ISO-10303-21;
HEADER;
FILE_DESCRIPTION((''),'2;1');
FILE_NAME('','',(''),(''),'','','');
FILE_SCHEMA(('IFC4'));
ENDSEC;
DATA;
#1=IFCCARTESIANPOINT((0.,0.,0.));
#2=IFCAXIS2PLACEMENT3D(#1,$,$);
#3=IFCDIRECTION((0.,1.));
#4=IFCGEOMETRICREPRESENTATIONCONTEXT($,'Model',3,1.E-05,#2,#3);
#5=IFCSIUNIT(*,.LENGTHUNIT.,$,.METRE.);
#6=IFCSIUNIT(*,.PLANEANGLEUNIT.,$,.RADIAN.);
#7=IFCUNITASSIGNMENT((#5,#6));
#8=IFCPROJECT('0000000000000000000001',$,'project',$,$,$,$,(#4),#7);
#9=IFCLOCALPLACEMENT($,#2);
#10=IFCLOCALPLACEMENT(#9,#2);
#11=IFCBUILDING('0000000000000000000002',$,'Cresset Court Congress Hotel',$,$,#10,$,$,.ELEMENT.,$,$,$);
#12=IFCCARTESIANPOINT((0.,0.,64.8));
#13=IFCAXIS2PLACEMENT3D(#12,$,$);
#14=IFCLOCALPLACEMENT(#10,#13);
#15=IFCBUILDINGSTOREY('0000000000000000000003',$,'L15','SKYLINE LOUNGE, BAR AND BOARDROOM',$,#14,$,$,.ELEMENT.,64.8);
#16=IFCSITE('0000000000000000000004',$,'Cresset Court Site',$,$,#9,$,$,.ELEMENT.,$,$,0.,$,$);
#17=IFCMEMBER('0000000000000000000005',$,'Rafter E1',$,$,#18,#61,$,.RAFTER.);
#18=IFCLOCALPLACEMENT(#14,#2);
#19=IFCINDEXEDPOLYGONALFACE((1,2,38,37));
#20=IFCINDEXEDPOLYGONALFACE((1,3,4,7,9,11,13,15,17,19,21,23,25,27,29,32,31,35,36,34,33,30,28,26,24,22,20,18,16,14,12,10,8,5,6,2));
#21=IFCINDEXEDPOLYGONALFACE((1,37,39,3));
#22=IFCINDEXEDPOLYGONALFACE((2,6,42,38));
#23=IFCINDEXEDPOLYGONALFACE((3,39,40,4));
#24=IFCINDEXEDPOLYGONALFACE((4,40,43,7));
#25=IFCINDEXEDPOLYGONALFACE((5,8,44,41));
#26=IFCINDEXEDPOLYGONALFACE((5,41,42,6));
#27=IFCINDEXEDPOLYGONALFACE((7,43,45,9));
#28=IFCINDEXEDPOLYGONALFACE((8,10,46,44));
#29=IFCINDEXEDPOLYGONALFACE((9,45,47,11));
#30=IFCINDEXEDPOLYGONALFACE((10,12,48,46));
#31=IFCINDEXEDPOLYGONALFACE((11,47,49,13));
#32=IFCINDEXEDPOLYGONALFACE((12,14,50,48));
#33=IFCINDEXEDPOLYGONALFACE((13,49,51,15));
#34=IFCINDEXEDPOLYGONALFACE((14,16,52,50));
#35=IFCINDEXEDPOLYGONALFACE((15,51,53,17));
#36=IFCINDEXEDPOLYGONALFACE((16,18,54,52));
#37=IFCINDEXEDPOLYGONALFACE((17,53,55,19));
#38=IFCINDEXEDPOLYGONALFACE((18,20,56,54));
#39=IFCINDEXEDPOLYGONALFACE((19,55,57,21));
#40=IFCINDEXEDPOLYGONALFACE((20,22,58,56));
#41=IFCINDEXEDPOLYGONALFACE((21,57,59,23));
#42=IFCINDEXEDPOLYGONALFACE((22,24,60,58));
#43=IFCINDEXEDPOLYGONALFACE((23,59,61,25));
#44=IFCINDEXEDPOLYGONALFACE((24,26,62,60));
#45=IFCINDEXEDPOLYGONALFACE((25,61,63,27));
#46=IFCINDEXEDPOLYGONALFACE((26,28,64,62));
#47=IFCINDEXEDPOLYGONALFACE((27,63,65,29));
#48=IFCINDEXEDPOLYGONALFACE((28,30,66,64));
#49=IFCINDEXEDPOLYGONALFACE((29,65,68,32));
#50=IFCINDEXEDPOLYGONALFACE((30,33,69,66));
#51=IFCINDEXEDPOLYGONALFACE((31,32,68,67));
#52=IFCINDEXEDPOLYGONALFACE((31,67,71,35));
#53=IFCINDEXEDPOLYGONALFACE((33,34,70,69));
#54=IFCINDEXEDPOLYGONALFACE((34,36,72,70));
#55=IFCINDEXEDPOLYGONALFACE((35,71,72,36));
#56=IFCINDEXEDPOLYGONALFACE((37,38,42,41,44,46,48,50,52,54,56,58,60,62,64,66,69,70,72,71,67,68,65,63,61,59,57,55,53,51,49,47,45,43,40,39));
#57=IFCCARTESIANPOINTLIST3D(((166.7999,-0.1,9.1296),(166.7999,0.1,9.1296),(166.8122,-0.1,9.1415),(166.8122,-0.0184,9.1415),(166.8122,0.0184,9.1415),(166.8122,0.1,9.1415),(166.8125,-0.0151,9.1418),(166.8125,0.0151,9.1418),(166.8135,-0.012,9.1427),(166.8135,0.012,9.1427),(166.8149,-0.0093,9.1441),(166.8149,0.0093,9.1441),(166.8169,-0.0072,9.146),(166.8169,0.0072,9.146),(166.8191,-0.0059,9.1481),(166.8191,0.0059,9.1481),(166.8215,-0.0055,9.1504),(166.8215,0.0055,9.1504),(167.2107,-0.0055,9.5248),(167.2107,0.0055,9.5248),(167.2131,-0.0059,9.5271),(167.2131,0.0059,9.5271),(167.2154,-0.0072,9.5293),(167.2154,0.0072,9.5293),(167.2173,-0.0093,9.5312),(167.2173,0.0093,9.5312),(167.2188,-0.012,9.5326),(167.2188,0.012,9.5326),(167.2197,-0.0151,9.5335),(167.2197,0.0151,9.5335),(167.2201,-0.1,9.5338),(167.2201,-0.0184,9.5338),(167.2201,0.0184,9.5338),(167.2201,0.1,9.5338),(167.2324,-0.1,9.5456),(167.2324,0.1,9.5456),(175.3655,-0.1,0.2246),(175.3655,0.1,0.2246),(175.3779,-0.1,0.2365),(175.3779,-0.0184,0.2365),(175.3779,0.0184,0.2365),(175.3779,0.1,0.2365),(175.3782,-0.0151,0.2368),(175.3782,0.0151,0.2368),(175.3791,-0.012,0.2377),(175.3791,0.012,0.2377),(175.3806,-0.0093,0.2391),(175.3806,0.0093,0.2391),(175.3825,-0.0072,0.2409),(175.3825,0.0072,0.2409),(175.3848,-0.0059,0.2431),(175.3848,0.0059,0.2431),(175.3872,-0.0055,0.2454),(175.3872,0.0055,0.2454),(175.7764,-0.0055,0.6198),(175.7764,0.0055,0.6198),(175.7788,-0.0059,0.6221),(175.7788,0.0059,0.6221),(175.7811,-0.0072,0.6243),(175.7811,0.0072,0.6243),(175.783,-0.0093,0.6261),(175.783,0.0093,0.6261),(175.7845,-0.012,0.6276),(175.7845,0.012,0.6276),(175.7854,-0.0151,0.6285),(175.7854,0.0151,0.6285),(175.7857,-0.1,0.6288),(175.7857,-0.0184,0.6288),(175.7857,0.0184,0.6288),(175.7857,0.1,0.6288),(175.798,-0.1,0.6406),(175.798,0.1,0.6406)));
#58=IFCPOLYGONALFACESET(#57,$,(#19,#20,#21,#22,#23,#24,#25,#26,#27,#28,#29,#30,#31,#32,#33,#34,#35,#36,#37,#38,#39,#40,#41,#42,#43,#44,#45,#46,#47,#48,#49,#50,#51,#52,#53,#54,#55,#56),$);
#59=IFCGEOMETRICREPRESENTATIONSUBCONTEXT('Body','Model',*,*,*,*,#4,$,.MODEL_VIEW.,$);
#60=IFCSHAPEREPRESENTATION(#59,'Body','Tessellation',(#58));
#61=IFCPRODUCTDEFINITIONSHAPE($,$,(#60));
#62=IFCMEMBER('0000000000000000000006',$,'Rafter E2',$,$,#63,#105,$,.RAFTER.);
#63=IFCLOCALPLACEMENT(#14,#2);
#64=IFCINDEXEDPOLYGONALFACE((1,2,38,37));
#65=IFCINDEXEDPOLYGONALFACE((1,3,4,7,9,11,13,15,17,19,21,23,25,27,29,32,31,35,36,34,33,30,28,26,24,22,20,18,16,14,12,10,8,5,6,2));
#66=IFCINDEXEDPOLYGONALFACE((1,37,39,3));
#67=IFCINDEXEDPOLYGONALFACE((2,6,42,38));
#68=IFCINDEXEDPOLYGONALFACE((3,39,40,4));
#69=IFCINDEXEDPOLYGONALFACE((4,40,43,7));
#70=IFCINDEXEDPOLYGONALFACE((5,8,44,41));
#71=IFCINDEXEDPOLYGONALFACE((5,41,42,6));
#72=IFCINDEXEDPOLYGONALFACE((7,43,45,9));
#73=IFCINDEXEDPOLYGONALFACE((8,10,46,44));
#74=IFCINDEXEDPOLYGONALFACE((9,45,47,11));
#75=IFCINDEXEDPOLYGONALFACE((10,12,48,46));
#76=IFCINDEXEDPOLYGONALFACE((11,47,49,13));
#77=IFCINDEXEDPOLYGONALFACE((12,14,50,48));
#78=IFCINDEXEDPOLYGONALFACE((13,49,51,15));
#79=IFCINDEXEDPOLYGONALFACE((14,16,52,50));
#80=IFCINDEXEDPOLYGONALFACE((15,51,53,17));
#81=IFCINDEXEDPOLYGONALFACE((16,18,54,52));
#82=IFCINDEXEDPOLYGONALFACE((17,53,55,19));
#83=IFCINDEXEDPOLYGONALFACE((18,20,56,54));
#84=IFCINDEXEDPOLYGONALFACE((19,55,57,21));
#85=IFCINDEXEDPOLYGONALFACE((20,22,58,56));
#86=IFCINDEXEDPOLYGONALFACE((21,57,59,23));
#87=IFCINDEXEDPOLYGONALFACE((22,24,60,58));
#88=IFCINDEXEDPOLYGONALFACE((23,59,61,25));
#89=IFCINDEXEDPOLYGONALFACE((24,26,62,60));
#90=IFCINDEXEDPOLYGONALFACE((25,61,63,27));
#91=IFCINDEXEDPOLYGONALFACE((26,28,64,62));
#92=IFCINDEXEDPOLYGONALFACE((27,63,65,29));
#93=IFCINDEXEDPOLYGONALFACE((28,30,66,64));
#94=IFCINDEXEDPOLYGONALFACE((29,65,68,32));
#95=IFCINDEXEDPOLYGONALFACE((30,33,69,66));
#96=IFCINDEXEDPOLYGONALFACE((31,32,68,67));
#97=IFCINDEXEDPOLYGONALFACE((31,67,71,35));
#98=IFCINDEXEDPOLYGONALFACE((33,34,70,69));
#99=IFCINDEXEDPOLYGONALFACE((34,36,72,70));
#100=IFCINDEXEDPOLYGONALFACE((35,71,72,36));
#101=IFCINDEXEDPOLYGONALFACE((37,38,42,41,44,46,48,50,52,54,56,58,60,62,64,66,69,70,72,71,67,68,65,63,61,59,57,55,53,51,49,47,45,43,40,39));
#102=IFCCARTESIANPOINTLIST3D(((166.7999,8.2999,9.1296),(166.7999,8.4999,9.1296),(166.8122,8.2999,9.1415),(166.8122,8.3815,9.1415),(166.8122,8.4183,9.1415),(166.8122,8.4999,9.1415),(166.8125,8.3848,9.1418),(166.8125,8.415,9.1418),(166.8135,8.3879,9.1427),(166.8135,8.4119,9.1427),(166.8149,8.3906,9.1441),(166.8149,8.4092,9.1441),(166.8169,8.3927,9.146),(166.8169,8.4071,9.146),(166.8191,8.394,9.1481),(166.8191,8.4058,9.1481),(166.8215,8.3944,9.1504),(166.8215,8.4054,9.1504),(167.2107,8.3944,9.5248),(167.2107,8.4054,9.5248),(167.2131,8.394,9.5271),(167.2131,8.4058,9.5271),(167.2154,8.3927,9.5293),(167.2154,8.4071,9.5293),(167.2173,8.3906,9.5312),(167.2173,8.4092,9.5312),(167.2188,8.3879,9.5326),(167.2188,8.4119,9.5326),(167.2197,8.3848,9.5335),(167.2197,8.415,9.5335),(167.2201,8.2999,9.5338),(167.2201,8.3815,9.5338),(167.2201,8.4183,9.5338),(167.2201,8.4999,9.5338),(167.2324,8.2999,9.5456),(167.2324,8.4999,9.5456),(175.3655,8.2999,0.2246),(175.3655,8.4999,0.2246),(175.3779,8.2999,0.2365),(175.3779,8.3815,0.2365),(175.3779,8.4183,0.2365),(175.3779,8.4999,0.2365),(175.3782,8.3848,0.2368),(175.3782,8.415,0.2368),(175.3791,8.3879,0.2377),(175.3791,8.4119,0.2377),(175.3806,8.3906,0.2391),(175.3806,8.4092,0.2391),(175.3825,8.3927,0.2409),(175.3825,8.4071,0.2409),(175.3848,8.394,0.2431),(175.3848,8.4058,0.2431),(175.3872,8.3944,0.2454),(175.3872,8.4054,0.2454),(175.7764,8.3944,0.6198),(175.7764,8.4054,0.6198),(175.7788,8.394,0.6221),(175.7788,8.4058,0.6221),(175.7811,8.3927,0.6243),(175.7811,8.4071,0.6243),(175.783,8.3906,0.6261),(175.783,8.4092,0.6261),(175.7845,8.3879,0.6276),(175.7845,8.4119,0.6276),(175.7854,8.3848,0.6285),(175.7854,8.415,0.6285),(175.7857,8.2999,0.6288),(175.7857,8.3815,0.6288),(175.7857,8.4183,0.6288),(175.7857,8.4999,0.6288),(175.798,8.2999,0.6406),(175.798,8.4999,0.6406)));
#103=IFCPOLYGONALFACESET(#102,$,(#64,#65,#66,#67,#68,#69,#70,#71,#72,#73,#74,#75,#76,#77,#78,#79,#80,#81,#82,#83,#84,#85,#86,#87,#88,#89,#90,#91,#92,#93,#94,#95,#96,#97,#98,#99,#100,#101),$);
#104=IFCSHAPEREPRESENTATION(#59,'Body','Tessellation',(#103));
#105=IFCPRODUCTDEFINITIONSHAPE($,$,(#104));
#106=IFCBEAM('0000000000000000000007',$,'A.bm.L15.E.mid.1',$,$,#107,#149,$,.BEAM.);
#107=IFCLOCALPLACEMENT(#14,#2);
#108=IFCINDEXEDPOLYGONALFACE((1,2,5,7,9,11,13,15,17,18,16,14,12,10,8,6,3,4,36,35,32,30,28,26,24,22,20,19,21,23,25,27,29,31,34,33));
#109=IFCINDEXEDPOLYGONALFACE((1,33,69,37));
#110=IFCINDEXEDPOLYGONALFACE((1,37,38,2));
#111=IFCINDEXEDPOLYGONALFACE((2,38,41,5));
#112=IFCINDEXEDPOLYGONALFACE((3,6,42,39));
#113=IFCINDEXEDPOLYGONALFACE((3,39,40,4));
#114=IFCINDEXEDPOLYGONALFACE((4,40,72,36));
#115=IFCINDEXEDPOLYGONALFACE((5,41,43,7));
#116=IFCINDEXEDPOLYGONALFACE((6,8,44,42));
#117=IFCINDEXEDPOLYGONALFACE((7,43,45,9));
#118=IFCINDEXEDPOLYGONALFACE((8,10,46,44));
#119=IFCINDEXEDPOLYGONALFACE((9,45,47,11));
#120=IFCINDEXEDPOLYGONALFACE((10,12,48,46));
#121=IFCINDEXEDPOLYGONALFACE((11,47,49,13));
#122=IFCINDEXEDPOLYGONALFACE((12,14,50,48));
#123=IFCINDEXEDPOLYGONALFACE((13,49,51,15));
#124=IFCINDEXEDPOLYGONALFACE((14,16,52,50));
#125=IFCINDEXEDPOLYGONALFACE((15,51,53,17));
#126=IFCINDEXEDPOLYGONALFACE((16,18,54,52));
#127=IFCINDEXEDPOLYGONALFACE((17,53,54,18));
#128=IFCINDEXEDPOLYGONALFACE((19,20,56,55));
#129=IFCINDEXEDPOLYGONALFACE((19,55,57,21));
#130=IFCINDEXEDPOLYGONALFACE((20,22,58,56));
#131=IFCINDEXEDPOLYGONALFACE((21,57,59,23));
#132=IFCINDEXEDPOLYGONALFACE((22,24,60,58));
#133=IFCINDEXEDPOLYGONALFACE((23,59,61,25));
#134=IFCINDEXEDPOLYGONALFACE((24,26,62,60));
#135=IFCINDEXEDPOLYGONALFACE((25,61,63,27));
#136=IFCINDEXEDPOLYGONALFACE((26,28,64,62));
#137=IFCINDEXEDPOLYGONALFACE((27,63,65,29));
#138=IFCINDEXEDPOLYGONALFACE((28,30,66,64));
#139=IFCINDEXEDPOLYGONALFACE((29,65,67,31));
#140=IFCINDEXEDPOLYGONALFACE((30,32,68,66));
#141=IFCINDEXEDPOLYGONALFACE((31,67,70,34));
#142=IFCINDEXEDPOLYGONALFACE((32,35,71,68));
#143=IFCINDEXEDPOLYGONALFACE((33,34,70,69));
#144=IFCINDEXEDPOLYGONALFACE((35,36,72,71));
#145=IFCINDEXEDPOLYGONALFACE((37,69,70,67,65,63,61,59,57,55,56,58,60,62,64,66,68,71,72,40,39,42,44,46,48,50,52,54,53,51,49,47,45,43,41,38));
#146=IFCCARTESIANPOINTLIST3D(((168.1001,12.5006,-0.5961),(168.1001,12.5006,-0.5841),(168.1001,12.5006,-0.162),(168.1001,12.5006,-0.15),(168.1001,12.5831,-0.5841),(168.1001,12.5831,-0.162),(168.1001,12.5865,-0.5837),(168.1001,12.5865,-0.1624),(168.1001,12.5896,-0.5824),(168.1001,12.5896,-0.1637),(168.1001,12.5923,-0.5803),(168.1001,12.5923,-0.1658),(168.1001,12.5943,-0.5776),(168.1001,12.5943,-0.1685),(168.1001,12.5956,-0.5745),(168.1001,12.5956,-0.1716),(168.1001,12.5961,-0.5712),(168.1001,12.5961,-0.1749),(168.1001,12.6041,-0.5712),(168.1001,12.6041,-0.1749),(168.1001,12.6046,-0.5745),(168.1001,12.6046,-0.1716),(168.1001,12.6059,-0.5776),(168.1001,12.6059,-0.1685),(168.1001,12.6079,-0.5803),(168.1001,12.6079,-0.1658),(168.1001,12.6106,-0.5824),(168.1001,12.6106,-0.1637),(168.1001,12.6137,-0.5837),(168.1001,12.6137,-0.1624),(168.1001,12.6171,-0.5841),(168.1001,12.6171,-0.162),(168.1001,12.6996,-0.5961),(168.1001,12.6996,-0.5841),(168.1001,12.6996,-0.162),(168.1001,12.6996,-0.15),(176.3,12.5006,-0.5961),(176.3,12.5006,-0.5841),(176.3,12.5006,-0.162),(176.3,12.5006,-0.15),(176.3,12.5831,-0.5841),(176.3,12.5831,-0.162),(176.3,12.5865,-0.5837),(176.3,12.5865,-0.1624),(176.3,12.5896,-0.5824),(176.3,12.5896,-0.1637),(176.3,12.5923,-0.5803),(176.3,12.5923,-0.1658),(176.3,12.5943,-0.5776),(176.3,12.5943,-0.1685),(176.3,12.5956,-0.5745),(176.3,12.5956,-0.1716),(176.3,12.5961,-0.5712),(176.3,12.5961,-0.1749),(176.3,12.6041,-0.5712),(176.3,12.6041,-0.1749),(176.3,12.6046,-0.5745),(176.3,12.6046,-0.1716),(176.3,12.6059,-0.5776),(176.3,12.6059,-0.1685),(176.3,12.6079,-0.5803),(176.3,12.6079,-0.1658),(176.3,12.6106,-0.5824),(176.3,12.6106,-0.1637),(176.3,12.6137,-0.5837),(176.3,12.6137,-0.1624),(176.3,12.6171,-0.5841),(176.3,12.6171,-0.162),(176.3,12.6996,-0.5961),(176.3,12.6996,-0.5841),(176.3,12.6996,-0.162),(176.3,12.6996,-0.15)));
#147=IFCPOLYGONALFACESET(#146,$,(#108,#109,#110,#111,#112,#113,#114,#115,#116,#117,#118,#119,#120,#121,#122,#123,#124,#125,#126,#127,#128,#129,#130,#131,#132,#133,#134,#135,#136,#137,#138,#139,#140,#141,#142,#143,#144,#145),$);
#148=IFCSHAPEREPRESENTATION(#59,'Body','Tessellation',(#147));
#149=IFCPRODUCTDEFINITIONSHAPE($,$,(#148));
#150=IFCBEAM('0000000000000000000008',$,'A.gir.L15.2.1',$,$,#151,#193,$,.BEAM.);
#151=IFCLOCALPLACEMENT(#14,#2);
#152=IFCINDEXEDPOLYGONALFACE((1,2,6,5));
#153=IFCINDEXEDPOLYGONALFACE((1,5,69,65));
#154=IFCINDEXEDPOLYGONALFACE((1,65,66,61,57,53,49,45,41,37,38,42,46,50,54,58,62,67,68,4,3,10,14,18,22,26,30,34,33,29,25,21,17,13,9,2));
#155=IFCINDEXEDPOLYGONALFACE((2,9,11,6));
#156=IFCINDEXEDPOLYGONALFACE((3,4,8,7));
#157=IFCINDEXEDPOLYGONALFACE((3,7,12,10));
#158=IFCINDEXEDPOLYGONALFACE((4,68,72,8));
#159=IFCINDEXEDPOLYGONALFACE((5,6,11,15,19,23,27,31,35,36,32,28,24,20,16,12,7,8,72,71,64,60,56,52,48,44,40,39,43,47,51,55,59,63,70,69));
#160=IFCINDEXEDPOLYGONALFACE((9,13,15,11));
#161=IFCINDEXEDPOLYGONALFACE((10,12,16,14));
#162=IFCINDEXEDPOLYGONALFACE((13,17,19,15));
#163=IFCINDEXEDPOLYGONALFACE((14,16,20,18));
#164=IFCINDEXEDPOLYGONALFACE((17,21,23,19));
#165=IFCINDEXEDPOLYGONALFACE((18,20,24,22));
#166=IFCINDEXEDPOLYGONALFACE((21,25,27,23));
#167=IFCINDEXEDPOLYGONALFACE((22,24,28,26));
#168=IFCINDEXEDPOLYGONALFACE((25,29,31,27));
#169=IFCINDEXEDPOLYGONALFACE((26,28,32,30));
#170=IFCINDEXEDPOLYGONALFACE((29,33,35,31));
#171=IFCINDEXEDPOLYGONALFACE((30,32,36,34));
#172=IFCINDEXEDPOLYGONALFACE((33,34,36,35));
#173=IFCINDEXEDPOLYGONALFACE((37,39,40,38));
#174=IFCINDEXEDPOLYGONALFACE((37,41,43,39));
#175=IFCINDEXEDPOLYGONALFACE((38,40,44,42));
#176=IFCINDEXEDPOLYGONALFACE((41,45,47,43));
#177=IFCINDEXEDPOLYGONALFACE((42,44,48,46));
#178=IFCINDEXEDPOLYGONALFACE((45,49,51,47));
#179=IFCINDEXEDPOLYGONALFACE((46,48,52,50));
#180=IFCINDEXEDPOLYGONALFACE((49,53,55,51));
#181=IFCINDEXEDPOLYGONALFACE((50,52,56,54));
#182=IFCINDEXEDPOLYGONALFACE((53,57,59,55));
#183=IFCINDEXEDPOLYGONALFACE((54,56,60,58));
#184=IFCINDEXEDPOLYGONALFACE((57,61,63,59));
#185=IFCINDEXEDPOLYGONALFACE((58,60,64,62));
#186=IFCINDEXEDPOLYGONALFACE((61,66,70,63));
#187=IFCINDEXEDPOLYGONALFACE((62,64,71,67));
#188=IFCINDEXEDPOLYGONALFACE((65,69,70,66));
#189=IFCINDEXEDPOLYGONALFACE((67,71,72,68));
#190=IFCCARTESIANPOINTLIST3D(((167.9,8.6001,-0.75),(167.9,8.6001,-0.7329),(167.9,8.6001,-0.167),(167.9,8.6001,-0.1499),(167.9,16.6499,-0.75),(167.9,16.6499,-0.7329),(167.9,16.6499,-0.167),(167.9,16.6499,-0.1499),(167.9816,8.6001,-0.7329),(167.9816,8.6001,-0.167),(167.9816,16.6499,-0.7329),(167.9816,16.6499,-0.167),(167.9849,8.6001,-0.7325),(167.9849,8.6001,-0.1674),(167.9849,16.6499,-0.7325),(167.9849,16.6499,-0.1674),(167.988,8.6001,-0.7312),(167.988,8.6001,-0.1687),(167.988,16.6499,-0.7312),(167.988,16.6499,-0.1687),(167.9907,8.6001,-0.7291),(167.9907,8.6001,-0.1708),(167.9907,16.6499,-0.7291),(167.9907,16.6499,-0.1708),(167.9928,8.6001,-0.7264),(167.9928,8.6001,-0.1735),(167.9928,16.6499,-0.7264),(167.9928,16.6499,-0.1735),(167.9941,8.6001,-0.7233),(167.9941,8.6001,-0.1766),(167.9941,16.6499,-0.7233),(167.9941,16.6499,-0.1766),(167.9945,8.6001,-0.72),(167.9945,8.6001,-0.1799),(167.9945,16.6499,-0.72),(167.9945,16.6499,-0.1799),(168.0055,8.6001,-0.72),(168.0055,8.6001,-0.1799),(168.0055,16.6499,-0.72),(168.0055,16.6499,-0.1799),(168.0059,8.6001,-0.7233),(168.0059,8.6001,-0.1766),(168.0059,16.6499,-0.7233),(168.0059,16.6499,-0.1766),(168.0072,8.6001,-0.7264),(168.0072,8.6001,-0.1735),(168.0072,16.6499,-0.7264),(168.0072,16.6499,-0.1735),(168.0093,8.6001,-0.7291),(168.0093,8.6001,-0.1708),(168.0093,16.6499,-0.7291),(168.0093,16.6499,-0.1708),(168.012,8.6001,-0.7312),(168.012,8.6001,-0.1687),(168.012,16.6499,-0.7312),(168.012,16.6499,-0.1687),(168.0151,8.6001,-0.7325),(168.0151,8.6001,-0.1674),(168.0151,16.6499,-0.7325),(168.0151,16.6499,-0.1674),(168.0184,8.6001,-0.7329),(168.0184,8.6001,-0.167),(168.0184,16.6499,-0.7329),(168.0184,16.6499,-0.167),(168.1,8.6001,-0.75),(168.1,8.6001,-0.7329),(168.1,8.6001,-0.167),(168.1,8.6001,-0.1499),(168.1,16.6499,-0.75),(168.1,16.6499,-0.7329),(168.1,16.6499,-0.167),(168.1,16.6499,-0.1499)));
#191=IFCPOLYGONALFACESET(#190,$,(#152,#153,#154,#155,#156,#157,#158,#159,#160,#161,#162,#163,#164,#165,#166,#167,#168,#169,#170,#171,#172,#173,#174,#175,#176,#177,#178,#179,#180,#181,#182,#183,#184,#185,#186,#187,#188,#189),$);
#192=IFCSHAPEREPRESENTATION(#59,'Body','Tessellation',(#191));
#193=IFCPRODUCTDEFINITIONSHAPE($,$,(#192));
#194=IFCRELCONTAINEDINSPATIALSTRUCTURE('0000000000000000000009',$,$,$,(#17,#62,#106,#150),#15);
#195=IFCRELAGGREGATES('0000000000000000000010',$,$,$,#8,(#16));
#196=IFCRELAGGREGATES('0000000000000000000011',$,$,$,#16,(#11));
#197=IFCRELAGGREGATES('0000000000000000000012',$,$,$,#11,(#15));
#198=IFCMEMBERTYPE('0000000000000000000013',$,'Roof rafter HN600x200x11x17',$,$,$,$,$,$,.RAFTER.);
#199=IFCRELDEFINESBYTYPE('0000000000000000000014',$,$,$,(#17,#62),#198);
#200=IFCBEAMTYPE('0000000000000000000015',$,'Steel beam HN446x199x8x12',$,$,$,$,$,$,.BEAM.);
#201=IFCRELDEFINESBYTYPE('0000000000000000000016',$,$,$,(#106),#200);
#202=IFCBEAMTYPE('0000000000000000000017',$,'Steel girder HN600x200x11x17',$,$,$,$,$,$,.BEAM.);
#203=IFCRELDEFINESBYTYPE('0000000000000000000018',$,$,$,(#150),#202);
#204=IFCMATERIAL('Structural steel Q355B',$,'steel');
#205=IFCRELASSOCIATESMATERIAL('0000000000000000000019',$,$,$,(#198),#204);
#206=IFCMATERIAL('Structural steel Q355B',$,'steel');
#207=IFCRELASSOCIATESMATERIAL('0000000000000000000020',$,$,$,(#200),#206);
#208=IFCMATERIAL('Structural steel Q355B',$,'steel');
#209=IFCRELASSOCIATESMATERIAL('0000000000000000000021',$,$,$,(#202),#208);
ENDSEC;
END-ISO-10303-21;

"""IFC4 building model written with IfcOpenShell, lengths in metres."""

from ifc_helpers import new_model, si_unit, direction, frame, origin, origin_2d, place, context, subcontext, project, spatial, i_section, extrude, material, material_profile, profile_set, type_object, element, save


model = new_model("IFC4")

# Units and contexts
model_context = context("Model", 3, precision=1e-05, world=origin(), true_north=direction((0.0, 1.0)))
body_context = subcontext(model_context, "Body", "Model", "MODEL_VIEW")
ifc_project = project(units=[si_unit("LENGTHUNIT", "METRE"), si_unit("PLANEANGLEUNIT", "RADIAN")], contexts=[model_context])

# Site, building, storey
site_placement = place(None, origin())
site = spatial("IfcSite", under=ifc_project, at=site_placement, Name="Cresset Court Site", CompositionType="ELEMENT", RefElevation=0.0)
building_placement = place(site_placement, origin())
building = spatial("IfcBuilding", under=site, at=building_placement, Name="Cresset Court Congress Hotel", CompositionType="ELEMENT")
storey_placement = place(building_placement, frame((0.0, 0.0, 64.8)))
storey = spatial("IfcBuildingStorey", under=building, at=storey_placement, Name="L15", Description="SKYLINE LOUNGE, BAR AND BOARDROOM", CompositionType="ELEMENT", Elevation=64.8)

# Members
ifc_material_1 = material(Name="Structural steel Q355B", Category="steel")
ifc_material_profile_1 = material_profile(ifc_material_1, i_section(OverallWidth=0.2, OverallDepth=0.6001, WebThickness=0.011, FlangeThickness=0.0171, FilletRadius=0.0129, at=origin_2d()), Name="HN600x200x11x17")
ifc_profile_set_1 = profile_set([ifc_material_profile_1], Name="Structural steel Q355B")
member_type_1 = type_object("IfcMemberType", Name="Roof rafter HN600x200x11x17", PredefinedType="RAFTER", material=ifc_profile_set_1)
for number, where, z_axis, x_axis, name in (
    (1, (175.5818, 0.0, 0.4326), (-0.693241, 0.0, 0.720706), (0.0, -1.0, 0.0), "Rafter E1"),
    (2, (175.5818, 8.3999, 0.4326), (-0.693241, 0.0, 0.720706), (0.0, -1.0, 0.0), "Rafter E2"),
):
    element("IfcMember", number, at=place(storey_placement, frame(where, z_axis=z_axis, x_axis=x_axis)), inside=storey, type_object=member_type_1, Name=name, PredefinedType="RAFTER", context=body_context, shape_type="SweptSolid", body=[
        extrude(i_section(OverallWidth=0.2, OverallDepth=0.6001, WebThickness=0.011, FlangeThickness=0.0171, FilletRadius=0.0129, at=origin_2d()), origin(), (0.0, 0.0, 1.0), 12.356),
    ])

# Beams
ifc_material_2 = material(Name="Structural steel Q355B", Category="steel")
ifc_material_profile_2 = material_profile(ifc_material_2, i_section(OverallWidth=0.199, OverallDepth=0.446, WebThickness=0.0081, FlangeThickness=0.012, FilletRadius=0.0129, at=origin_2d()), Name="HN446x199x8x12")
ifc_profile_set_2 = profile_set([ifc_material_profile_2], Name="Structural steel Q355B")
beam_type_1 = type_object("IfcBeamType", Name="Steel beam HN446x199x8x12", PredefinedType="BEAM", material=ifc_profile_set_2)
beam_placement = place(storey_placement, frame((168.1001, 12.6001, -0.373), z_axis=(1.0, 0.0, 0.0), x_axis=(0.0, 1.0, 0.0)))
element("IfcBeam", 3, at=beam_placement, inside=storey, type_object=beam_type_1, Name="A.bm.L15.E.mid.1", PredefinedType="BEAM", context=body_context, shape_type="SweptSolid", body=[
    extrude(i_section(OverallWidth=0.199, OverallDepth=0.446, WebThickness=0.0081, FlangeThickness=0.012, FilletRadius=0.0129, at=origin_2d()), origin(), (0.0, 0.0, 1.0), 8.2),
])
ifc_material_3 = material(Name="Structural steel Q355B", Category="steel")
ifc_material_profile_3 = material_profile(ifc_material_3, i_section(OverallWidth=0.2, OverallDepth=0.6001, WebThickness=0.011, FlangeThickness=0.0171, FilletRadius=0.0129, at=origin_2d()), Name="HN600x200x11x17")
ifc_profile_set_3 = profile_set([ifc_material_profile_3], Name="Structural steel Q355B")
beam_type_2 = type_object("IfcBeamType", Name="Steel girder HN600x200x11x17", PredefinedType="BEAM", material=ifc_profile_set_3)
for number, where, z_axis, x_axis, name in (
    (4, (168.0, 8.6001, -0.45), (0.0, 1.0, 0.0), (-1.0, 0.0, 0.0), "A.gir.L15.2.1"),
):
    element("IfcBeam", number, at=place(storey_placement, frame(where, z_axis=z_axis, x_axis=x_axis)), inside=storey, type_object=beam_type_2, Name=name, PredefinedType="BEAM", context=body_context, shape_type="SweptSolid", body=[
        extrude(i_section(OverallWidth=0.2, OverallDepth=0.6001, WebThickness=0.011, FlangeThickness=0.0171, FilletRadius=0.0129, at=origin_2d()), origin(), (0.0, 0.0, 1.0), 8.0498),
    ])

save(model, "model.ifc")
